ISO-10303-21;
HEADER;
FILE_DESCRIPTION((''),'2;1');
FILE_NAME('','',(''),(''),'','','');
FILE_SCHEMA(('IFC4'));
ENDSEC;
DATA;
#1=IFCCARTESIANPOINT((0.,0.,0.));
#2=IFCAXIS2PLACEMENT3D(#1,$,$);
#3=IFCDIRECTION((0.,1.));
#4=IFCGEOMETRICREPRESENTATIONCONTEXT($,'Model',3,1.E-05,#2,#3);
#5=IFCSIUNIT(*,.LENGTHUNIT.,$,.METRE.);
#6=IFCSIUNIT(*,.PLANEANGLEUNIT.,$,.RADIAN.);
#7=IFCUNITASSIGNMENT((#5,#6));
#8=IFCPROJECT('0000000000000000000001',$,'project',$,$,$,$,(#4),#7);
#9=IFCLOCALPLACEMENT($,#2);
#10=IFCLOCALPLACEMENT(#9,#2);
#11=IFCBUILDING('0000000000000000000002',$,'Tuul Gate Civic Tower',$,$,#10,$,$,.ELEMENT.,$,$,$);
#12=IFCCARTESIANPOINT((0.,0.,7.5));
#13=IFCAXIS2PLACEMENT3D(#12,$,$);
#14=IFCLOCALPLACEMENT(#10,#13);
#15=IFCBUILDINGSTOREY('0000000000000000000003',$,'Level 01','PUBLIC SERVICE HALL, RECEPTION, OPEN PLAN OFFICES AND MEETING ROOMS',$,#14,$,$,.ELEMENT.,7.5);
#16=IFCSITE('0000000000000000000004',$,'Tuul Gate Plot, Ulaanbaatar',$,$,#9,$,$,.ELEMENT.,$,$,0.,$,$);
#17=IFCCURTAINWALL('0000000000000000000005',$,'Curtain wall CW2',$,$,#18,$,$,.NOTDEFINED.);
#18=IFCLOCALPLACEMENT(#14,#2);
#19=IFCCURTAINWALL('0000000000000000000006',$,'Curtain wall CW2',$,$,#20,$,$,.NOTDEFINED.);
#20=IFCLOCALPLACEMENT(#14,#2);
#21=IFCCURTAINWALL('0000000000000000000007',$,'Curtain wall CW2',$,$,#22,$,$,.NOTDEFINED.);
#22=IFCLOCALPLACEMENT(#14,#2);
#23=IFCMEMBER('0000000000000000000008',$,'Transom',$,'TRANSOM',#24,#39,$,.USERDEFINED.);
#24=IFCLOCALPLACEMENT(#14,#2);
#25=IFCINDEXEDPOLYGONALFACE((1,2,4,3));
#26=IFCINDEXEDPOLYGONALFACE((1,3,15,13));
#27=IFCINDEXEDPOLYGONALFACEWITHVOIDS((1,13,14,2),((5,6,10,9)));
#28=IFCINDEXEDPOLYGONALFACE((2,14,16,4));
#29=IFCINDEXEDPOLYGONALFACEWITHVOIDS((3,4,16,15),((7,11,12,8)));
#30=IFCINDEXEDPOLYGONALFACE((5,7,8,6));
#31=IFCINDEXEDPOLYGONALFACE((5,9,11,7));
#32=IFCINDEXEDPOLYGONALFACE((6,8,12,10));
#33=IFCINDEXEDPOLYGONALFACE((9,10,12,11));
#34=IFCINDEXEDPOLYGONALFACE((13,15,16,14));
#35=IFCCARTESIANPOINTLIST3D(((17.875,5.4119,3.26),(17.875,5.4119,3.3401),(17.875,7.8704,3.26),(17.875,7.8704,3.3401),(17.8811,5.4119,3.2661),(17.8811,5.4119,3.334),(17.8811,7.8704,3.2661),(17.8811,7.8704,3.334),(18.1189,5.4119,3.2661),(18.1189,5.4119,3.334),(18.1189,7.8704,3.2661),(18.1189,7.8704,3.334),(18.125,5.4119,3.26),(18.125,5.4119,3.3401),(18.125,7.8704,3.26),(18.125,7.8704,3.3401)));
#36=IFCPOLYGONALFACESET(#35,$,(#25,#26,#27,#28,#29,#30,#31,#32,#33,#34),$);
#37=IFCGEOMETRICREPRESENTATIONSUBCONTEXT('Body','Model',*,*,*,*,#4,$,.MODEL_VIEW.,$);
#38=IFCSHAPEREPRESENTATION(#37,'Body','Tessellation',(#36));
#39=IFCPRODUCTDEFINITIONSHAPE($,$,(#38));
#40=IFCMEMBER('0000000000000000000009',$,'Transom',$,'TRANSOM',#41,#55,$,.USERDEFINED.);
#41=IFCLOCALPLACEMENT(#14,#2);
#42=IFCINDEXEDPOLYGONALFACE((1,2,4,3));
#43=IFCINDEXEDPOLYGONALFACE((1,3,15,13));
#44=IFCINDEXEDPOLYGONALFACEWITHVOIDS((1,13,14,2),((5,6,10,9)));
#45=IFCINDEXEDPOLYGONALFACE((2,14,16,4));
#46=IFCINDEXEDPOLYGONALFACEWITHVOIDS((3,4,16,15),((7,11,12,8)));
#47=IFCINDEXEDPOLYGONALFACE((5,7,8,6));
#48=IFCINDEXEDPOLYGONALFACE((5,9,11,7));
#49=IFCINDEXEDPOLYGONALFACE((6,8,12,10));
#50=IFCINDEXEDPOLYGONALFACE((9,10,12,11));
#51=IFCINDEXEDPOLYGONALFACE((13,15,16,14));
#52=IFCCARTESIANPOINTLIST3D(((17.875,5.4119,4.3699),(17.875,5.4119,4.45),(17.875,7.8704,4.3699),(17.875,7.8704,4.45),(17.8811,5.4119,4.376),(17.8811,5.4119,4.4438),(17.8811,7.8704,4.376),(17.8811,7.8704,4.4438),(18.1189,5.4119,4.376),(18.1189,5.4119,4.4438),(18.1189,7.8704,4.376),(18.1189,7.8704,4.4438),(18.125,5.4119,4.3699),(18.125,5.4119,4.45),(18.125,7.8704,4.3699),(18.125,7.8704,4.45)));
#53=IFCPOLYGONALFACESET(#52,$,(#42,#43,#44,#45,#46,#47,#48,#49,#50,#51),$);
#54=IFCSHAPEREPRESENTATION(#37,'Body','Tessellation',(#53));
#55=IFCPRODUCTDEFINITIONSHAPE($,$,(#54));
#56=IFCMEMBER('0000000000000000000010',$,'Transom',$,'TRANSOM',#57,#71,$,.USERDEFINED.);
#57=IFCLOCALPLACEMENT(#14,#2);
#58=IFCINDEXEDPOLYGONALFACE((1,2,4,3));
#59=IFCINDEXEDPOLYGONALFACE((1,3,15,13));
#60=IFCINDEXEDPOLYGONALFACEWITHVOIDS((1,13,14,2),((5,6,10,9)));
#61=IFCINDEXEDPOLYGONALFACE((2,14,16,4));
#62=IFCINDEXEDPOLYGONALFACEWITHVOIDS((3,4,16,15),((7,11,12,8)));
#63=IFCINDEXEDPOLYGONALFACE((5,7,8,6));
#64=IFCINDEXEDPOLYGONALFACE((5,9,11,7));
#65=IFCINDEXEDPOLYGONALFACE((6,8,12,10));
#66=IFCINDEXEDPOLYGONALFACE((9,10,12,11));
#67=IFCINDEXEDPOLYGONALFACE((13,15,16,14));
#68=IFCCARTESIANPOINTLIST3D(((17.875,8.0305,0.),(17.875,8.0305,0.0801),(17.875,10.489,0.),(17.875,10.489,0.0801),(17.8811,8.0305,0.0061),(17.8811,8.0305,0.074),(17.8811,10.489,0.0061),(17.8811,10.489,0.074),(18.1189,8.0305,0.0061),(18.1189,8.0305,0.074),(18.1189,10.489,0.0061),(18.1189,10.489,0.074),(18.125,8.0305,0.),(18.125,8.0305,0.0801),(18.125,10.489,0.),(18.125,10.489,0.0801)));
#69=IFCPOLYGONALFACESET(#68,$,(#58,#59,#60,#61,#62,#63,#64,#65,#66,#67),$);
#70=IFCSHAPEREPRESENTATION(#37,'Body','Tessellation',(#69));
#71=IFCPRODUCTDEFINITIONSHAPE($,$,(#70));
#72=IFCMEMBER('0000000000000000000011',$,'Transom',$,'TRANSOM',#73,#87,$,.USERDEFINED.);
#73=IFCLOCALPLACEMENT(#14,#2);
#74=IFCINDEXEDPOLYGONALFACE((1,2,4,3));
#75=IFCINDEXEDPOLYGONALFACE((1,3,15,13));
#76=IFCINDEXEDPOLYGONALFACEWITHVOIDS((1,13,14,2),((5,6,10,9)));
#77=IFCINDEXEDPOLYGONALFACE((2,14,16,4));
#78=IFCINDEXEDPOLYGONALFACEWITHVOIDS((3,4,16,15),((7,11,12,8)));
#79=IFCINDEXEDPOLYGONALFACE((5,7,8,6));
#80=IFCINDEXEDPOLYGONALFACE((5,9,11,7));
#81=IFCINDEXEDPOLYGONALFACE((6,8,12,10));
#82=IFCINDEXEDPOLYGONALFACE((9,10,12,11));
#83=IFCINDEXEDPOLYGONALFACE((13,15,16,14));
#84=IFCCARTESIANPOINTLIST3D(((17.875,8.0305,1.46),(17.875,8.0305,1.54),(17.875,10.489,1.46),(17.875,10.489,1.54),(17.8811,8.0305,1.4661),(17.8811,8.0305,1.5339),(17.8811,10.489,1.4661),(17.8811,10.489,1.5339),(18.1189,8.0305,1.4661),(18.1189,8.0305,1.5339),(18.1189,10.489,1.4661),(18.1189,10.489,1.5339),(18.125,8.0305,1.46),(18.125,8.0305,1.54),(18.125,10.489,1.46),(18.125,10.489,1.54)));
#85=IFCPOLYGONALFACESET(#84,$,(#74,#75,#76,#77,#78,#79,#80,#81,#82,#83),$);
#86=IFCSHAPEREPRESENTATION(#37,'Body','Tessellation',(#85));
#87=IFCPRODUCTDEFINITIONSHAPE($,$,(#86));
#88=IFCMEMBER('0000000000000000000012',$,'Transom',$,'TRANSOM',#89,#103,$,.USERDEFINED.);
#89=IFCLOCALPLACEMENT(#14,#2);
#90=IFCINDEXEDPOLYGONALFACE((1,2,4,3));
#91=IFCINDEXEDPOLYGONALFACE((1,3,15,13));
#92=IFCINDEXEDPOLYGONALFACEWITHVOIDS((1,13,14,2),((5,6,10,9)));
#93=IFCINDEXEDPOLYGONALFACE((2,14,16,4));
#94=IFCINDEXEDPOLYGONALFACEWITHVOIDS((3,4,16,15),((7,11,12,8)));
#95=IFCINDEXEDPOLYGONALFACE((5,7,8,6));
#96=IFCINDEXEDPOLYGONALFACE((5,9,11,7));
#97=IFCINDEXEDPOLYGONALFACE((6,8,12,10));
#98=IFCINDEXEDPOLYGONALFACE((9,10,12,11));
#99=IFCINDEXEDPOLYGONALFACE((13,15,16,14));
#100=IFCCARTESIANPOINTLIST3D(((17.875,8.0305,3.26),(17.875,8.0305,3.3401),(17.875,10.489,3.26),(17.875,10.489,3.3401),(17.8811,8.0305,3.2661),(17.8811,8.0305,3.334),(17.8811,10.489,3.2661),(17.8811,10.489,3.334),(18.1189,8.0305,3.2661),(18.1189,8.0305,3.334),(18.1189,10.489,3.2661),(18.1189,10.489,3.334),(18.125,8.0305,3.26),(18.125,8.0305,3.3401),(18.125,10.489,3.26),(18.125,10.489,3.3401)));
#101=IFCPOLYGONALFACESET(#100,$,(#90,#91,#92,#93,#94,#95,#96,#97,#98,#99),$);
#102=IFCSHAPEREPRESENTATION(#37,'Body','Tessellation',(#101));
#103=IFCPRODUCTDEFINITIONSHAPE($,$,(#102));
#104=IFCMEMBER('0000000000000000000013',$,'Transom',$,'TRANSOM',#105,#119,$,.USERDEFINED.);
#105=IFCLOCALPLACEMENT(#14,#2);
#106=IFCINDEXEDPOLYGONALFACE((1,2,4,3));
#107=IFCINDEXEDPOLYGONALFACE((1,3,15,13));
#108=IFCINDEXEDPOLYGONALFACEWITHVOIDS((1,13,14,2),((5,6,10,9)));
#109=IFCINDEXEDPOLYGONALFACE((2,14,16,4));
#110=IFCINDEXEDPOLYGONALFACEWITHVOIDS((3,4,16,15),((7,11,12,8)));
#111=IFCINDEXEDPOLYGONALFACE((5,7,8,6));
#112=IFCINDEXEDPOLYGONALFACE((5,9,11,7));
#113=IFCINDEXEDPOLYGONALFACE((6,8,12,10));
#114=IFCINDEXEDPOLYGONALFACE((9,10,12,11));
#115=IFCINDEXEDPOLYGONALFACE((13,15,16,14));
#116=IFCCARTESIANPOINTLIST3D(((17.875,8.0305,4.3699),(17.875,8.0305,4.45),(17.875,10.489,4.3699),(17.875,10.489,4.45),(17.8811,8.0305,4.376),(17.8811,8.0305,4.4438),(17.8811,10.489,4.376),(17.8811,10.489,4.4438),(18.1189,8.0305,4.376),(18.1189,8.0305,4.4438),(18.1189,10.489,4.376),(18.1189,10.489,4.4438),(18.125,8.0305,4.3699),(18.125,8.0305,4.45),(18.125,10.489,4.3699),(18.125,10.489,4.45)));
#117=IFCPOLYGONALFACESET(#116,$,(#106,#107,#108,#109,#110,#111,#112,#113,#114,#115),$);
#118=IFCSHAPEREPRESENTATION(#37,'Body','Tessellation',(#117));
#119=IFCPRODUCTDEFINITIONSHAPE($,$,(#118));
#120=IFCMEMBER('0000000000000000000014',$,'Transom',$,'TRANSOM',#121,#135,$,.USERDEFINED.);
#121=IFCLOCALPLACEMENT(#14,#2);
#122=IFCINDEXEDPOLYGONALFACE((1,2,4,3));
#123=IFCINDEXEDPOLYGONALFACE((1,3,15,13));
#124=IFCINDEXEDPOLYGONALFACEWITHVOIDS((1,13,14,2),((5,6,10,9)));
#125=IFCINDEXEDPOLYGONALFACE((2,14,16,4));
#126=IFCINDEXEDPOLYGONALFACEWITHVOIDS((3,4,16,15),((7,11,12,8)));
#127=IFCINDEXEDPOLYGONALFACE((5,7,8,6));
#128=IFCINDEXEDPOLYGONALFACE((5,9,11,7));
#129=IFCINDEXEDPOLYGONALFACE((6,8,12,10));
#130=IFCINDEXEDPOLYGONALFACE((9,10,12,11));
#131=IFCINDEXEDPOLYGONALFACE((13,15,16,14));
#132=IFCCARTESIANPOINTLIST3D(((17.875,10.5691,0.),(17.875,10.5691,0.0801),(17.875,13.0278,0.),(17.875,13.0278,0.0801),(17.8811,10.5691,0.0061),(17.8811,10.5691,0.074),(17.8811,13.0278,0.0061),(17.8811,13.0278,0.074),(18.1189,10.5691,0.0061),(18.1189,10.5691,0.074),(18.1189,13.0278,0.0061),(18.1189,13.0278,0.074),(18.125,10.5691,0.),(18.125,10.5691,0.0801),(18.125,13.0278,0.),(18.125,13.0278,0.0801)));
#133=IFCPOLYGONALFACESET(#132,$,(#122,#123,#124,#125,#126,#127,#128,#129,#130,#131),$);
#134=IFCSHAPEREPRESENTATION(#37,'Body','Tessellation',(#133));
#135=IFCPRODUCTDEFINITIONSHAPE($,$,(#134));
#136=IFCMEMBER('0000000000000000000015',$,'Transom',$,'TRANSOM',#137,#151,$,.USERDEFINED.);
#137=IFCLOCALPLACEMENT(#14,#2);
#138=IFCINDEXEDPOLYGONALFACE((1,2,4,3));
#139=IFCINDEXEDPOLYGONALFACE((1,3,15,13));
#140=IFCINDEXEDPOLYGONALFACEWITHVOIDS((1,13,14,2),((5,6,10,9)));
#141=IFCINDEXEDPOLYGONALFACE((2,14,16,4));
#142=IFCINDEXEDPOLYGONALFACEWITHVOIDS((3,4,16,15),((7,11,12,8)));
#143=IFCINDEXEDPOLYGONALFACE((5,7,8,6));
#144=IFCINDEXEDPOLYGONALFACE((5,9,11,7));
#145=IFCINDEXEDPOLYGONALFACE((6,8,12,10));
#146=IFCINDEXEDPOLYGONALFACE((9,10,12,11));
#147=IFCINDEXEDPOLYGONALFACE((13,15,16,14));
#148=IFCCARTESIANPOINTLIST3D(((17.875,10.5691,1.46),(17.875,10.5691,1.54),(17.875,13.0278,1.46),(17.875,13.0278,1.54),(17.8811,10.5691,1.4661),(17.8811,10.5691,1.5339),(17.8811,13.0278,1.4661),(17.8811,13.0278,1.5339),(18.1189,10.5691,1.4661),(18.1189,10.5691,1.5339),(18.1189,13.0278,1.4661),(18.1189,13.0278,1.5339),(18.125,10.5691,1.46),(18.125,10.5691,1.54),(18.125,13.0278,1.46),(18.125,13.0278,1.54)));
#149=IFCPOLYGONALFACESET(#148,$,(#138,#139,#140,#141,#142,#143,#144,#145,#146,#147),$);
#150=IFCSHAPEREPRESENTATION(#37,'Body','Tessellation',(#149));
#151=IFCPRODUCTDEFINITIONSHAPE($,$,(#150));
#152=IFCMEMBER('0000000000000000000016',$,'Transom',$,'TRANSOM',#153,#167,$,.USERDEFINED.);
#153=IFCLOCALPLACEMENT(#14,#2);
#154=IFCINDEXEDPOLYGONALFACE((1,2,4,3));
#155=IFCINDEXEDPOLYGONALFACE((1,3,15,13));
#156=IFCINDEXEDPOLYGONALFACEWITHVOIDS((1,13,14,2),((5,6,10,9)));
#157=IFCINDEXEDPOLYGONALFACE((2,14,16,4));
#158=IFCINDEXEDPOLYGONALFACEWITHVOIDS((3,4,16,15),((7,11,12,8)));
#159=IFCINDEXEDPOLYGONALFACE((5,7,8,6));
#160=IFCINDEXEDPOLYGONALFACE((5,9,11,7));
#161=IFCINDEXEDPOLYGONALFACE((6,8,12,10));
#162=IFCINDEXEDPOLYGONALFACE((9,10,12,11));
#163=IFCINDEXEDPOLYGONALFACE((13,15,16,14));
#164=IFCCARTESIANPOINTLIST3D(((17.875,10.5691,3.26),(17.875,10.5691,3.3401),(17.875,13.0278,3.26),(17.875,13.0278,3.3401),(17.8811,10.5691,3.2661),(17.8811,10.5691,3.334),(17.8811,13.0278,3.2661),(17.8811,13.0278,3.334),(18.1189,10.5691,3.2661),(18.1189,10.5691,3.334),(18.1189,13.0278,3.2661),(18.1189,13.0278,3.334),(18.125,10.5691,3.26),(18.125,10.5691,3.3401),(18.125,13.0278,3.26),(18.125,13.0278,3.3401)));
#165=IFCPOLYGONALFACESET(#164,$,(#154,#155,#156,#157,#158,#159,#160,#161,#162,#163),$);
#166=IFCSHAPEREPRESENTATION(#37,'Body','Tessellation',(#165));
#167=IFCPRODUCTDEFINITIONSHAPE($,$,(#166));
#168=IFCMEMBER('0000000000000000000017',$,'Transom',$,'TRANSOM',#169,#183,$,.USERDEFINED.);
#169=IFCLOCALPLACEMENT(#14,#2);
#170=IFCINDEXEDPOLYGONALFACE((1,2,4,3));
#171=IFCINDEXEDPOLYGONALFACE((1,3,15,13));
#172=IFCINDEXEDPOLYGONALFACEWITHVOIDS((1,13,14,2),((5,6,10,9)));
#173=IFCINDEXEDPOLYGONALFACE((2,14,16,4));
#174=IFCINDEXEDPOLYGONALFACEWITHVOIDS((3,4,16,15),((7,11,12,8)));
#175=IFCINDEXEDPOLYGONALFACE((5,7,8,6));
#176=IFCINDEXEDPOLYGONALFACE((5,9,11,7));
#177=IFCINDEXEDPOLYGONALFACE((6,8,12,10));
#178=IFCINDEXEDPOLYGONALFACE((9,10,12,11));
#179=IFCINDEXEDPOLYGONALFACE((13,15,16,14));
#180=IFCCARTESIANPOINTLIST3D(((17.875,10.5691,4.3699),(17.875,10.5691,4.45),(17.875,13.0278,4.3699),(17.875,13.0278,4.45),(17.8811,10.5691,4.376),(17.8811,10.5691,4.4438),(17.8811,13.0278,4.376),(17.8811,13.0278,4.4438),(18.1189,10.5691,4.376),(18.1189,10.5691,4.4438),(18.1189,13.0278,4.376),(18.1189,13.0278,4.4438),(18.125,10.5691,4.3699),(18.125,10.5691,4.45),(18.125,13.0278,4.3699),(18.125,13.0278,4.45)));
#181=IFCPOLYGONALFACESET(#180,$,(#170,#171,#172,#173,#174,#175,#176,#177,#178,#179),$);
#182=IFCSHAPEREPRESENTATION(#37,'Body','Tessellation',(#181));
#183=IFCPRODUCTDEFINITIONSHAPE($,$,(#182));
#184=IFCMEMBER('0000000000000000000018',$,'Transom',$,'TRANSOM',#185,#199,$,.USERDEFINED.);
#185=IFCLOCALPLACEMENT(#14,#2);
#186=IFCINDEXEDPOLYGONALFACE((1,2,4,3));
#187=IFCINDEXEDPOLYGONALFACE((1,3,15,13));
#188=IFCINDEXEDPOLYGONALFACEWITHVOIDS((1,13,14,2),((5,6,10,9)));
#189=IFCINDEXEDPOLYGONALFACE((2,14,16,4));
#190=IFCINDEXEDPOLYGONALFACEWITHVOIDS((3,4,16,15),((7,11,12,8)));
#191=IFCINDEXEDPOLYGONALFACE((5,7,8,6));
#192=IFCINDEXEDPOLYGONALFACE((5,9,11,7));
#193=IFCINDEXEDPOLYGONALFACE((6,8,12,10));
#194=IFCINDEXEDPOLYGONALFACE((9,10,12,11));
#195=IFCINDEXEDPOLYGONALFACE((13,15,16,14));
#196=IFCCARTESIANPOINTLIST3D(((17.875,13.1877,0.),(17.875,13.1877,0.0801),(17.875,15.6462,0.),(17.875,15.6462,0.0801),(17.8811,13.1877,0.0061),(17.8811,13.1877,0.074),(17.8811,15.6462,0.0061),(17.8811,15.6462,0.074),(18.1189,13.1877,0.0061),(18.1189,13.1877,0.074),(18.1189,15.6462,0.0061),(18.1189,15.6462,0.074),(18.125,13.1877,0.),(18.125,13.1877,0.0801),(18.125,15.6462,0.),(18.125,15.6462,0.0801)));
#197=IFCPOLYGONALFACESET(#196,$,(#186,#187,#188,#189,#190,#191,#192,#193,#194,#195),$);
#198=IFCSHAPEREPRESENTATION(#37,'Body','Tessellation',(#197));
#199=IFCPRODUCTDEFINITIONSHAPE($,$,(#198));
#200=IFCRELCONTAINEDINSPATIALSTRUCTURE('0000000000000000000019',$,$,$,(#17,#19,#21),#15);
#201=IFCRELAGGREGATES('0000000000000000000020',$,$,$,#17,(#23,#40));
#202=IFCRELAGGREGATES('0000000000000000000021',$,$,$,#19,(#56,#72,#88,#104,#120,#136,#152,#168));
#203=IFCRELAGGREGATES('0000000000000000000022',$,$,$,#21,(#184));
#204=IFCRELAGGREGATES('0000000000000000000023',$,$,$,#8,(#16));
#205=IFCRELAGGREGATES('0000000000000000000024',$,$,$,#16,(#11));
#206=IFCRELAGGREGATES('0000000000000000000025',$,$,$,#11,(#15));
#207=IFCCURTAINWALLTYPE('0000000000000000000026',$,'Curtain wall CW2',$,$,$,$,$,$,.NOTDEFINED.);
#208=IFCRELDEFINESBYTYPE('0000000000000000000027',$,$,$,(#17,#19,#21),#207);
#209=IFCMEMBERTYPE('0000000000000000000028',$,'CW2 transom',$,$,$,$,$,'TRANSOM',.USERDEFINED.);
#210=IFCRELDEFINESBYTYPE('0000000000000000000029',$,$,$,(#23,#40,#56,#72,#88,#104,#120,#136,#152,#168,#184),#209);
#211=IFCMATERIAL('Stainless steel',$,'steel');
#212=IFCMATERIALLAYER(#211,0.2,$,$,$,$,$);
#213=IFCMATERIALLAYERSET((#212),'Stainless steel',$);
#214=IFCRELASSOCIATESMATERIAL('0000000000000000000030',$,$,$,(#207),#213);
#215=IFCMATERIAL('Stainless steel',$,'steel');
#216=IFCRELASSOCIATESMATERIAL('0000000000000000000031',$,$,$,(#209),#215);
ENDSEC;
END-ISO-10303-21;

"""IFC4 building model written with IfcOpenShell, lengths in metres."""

from ifc_helpers import new_model, si_unit, direction, frame, origin, origin_2d, place, context, subcontext, project, spatial, hollow_rectangle, extrude, material, layer, layer_set, material_profile, profile_set, type_object, element, aggregate, save


model = new_model("IFC4")

# Units and contexts
model_context = context("Model", 3, precision=1e-05, world=origin(), true_north=direction((0.0, 1.0)))
body_context = subcontext(model_context, "Body", "Model", "MODEL_VIEW")
ifc_project = project(units=[si_unit("LENGTHUNIT", "METRE"), si_unit("PLANEANGLEUNIT", "RADIAN")], contexts=[model_context])

# Site, building, storey
site_placement = place(None, origin())
site = spatial("IfcSite", under=ifc_project, at=site_placement, Name="Tuul Gate Plot, Ulaanbaatar", CompositionType="ELEMENT", RefElevation=0.0)
building_placement = place(site_placement, origin())
building = spatial("IfcBuilding", under=site, at=building_placement, Name="Tuul Gate Civic Tower", CompositionType="ELEMENT")
storey_placement = place(building_placement, frame((0.0, 0.0, 7.5)))
storey = spatial("IfcBuildingStorey", under=building, at=storey_placement, Name="Level 01", Description="PUBLIC SERVICE HALL, RECEPTION, OPEN PLAN OFFICES AND MEETING ROOMS", CompositionType="ELEMENT", Elevation=7.5)

# Curtain walls
ifc_material_1 = material(Name="Stainless steel", Category="steel")
ifc_layer_1 = layer(ifc_material_1, 0.2)
ifc_layer_set_1 = layer_set([ifc_layer_1], Name="Stainless steel")
curtain_wall_type = type_object("IfcCurtainWallType", Name="Curtain wall CW2", PredefinedType="NOTDEFINED", material=ifc_layer_set_1)
curtain_wall_1_placement = place(storey_placement, origin())
curtain_wall_1 = element("IfcCurtainWall", 1, at=curtain_wall_1_placement, inside=storey, type_object=curtain_wall_type, Name="Curtain wall CW2", PredefinedType="NOTDEFINED")
curtain_wall_2_placement = place(storey_placement, origin())
curtain_wall_2 = element("IfcCurtainWall", 2, at=curtain_wall_2_placement, inside=storey, type_object=curtain_wall_type, Name="Curtain wall CW2", PredefinedType="NOTDEFINED")

# Curtain wall
curtain_wall_3_placement = place(storey_placement, origin())
curtain_wall_3 = element("IfcCurtainWall", 3, at=curtain_wall_3_placement, inside=storey, type_object=curtain_wall_type, Name="Curtain wall CW2", PredefinedType="NOTDEFINED")

# Members
ifc_material_2 = material(Name="Stainless steel", Category="steel")
ifc_material_profile_1 = material_profile(ifc_material_2, hollow_rectangle(XDim=0.25, YDim=0.0801, WallThickness=0.0061, at=origin_2d()), Name="CW2 transom")
ifc_profile_set_1 = profile_set([ifc_material_profile_1], Name="Stainless steel")
member_type_1 = type_object("IfcMemberType", Name="CW2 transom", ElementType="TRANSOM", PredefinedType="USERDEFINED", material=ifc_profile_set_1)
member_1_placement = place(storey_placement, frame((18.0, 5.4119, 3.3), z_axis=(0.0, 1.0, 0.0), x_axis=(-1.0, 0.0, 0.0)))
member_1 = element("IfcMember", 4, at=member_1_placement, type_object=member_type_1, Name="Transom", ObjectType="TRANSOM", PredefinedType="USERDEFINED", context=body_context, shape_type="SweptSolid", body=[
    extrude(hollow_rectangle(XDim=0.25, YDim=0.0801, WallThickness=0.0061, at=origin_2d()), origin(), (0.0, 0.0, 1.0), 2.4585),
])
member_2_placement = place(storey_placement, frame((18.0, 5.4119, 4.4099), z_axis=(0.0, 1.0, 0.0), x_axis=(-1.0, 0.0, 0.0)))
member_2 = element("IfcMember", 5, at=member_2_placement, type_object=member_type_1, Name="Transom", ObjectType="TRANSOM", PredefinedType="USERDEFINED", context=body_context, shape_type="SweptSolid", body=[
    extrude(hollow_rectangle(XDim=0.25, YDim=0.0801, WallThickness=0.0061, at=origin_2d()), origin(), (0.0, 0.0, 1.0), 2.4585),
])
member_3_placement = place(storey_placement, frame((18.0, 8.0305, 0.04), z_axis=(0.0, 1.0, 0.0), x_axis=(-1.0, 0.0, 0.0)))
member_3 = element("IfcMember", 6, at=member_3_placement, type_object=member_type_1, Name="Transom", ObjectType="TRANSOM", PredefinedType="USERDEFINED", context=body_context, shape_type="SweptSolid", body=[
    extrude(hollow_rectangle(XDim=0.25, YDim=0.0801, WallThickness=0.0061, at=origin_2d()), origin(), (0.0, 0.0, 1.0), 2.4585),
])
member_4_placement = place(storey_placement, frame((18.0, 8.0305, 1.5), z_axis=(0.0, 1.0, 0.0), x_axis=(-1.0, 0.0, 0.0)))
member_4 = element("IfcMember", 7, at=member_4_placement, type_object=member_type_1, Name="Transom", ObjectType="TRANSOM", PredefinedType="USERDEFINED", context=body_context, shape_type="SweptSolid", body=[
    extrude(hollow_rectangle(XDim=0.25, YDim=0.0801, WallThickness=0.0061, at=origin_2d()), origin(), (0.0, 0.0, 1.0), 2.4585),
])
member_5_placement = place(storey_placement, frame((18.0, 8.0305, 3.3), z_axis=(0.0, 1.0, 0.0), x_axis=(-1.0, 0.0, 0.0)))
member_5 = element("IfcMember", 8, at=member_5_placement, type_object=member_type_1, Name="Transom", ObjectType="TRANSOM", PredefinedType="USERDEFINED", context=body_context, shape_type="SweptSolid", body=[
    extrude(hollow_rectangle(XDim=0.25, YDim=0.0801, WallThickness=0.0061, at=origin_2d()), origin(), (0.0, 0.0, 1.0), 2.4585),
])
member_6_placement = place(storey_placement, frame((18.0, 8.0305, 4.4099), z_axis=(0.0, 1.0, 0.0), x_axis=(-1.0, 0.0, 0.0)))
member_6 = element("IfcMember", 9, at=member_6_placement, type_object=member_type_1, Name="Transom", ObjectType="TRANSOM", PredefinedType="USERDEFINED", context=body_context, shape_type="SweptSolid", body=[
    extrude(hollow_rectangle(XDim=0.25, YDim=0.0801, WallThickness=0.0061, at=origin_2d()), origin(), (0.0, 0.0, 1.0), 2.4585),
])
member_7_placement = place(storey_placement, frame((18.0, 10.5691, 0.04), z_axis=(0.0, 1.0, 0.0), x_axis=(-1.0, 0.0, 0.0)))
member_7 = element("IfcMember", 10, at=member_7_placement, type_object=member_type_1, Name="Transom", ObjectType="TRANSOM", PredefinedType="USERDEFINED", context=body_context, shape_type="SweptSolid", body=[
    extrude(hollow_rectangle(XDim=0.25, YDim=0.0801, WallThickness=0.0061, at=origin_2d()), origin(), (0.0, 0.0, 1.0), 2.4587),
])
member_8_placement = place(storey_placement, frame((18.0, 10.5691, 1.5), z_axis=(0.0, 1.0, 0.0), x_axis=(-1.0, 0.0, 0.0)))
member_8 = element("IfcMember", 11, at=member_8_placement, type_object=member_type_1, Name="Transom", ObjectType="TRANSOM", PredefinedType="USERDEFINED", context=body_context, shape_type="SweptSolid", body=[
    extrude(hollow_rectangle(XDim=0.25, YDim=0.0801, WallThickness=0.0061, at=origin_2d()), origin(), (0.0, 0.0, 1.0), 2.4587),
])
member_9_placement = place(storey_placement, frame((18.0, 10.5691, 3.3), z_axis=(0.0, 1.0, 0.0), x_axis=(-1.0, 0.0, 0.0)))
member_9 = element("IfcMember", 12, at=member_9_placement, type_object=member_type_1, Name="Transom", ObjectType="TRANSOM", PredefinedType="USERDEFINED", context=body_context, shape_type="SweptSolid", body=[
    extrude(hollow_rectangle(XDim=0.25, YDim=0.0801, WallThickness=0.0061, at=origin_2d()), origin(), (0.0, 0.0, 1.0), 2.4587),
])
member_10_placement = place(storey_placement, frame((18.0, 10.5691, 4.4099), z_axis=(0.0, 1.0, 0.0), x_axis=(-1.0, 0.0, 0.0)))
member_10 = element("IfcMember", 13, at=member_10_placement, type_object=member_type_1, Name="Transom", ObjectType="TRANSOM", PredefinedType="USERDEFINED", context=body_context, shape_type="SweptSolid", body=[
    extrude(hollow_rectangle(XDim=0.25, YDim=0.0801, WallThickness=0.0061, at=origin_2d()), origin(), (0.0, 0.0, 1.0), 2.4587),
])
member_11_placement = place(storey_placement, frame((18.0, 13.1877, 0.04), z_axis=(0.0, 1.0, 0.0), x_axis=(-1.0, 0.0, 0.0)))
member_11 = element("IfcMember", 14, at=member_11_placement, type_object=member_type_1, Name="Transom", ObjectType="TRANSOM", PredefinedType="USERDEFINED", context=body_context, shape_type="SweptSolid", body=[
    extrude(hollow_rectangle(XDim=0.25, YDim=0.0801, WallThickness=0.0061, at=origin_2d()), origin(), (0.0, 0.0, 1.0), 2.4585),
])

aggregate(curtain_wall_1, [member_1, member_2])
aggregate(curtain_wall_2, [member_3, member_4, member_5, member_6, member_7, member_8, member_9, member_10])
aggregate(curtain_wall_3, [member_11])

save(model, "model.ifc")
